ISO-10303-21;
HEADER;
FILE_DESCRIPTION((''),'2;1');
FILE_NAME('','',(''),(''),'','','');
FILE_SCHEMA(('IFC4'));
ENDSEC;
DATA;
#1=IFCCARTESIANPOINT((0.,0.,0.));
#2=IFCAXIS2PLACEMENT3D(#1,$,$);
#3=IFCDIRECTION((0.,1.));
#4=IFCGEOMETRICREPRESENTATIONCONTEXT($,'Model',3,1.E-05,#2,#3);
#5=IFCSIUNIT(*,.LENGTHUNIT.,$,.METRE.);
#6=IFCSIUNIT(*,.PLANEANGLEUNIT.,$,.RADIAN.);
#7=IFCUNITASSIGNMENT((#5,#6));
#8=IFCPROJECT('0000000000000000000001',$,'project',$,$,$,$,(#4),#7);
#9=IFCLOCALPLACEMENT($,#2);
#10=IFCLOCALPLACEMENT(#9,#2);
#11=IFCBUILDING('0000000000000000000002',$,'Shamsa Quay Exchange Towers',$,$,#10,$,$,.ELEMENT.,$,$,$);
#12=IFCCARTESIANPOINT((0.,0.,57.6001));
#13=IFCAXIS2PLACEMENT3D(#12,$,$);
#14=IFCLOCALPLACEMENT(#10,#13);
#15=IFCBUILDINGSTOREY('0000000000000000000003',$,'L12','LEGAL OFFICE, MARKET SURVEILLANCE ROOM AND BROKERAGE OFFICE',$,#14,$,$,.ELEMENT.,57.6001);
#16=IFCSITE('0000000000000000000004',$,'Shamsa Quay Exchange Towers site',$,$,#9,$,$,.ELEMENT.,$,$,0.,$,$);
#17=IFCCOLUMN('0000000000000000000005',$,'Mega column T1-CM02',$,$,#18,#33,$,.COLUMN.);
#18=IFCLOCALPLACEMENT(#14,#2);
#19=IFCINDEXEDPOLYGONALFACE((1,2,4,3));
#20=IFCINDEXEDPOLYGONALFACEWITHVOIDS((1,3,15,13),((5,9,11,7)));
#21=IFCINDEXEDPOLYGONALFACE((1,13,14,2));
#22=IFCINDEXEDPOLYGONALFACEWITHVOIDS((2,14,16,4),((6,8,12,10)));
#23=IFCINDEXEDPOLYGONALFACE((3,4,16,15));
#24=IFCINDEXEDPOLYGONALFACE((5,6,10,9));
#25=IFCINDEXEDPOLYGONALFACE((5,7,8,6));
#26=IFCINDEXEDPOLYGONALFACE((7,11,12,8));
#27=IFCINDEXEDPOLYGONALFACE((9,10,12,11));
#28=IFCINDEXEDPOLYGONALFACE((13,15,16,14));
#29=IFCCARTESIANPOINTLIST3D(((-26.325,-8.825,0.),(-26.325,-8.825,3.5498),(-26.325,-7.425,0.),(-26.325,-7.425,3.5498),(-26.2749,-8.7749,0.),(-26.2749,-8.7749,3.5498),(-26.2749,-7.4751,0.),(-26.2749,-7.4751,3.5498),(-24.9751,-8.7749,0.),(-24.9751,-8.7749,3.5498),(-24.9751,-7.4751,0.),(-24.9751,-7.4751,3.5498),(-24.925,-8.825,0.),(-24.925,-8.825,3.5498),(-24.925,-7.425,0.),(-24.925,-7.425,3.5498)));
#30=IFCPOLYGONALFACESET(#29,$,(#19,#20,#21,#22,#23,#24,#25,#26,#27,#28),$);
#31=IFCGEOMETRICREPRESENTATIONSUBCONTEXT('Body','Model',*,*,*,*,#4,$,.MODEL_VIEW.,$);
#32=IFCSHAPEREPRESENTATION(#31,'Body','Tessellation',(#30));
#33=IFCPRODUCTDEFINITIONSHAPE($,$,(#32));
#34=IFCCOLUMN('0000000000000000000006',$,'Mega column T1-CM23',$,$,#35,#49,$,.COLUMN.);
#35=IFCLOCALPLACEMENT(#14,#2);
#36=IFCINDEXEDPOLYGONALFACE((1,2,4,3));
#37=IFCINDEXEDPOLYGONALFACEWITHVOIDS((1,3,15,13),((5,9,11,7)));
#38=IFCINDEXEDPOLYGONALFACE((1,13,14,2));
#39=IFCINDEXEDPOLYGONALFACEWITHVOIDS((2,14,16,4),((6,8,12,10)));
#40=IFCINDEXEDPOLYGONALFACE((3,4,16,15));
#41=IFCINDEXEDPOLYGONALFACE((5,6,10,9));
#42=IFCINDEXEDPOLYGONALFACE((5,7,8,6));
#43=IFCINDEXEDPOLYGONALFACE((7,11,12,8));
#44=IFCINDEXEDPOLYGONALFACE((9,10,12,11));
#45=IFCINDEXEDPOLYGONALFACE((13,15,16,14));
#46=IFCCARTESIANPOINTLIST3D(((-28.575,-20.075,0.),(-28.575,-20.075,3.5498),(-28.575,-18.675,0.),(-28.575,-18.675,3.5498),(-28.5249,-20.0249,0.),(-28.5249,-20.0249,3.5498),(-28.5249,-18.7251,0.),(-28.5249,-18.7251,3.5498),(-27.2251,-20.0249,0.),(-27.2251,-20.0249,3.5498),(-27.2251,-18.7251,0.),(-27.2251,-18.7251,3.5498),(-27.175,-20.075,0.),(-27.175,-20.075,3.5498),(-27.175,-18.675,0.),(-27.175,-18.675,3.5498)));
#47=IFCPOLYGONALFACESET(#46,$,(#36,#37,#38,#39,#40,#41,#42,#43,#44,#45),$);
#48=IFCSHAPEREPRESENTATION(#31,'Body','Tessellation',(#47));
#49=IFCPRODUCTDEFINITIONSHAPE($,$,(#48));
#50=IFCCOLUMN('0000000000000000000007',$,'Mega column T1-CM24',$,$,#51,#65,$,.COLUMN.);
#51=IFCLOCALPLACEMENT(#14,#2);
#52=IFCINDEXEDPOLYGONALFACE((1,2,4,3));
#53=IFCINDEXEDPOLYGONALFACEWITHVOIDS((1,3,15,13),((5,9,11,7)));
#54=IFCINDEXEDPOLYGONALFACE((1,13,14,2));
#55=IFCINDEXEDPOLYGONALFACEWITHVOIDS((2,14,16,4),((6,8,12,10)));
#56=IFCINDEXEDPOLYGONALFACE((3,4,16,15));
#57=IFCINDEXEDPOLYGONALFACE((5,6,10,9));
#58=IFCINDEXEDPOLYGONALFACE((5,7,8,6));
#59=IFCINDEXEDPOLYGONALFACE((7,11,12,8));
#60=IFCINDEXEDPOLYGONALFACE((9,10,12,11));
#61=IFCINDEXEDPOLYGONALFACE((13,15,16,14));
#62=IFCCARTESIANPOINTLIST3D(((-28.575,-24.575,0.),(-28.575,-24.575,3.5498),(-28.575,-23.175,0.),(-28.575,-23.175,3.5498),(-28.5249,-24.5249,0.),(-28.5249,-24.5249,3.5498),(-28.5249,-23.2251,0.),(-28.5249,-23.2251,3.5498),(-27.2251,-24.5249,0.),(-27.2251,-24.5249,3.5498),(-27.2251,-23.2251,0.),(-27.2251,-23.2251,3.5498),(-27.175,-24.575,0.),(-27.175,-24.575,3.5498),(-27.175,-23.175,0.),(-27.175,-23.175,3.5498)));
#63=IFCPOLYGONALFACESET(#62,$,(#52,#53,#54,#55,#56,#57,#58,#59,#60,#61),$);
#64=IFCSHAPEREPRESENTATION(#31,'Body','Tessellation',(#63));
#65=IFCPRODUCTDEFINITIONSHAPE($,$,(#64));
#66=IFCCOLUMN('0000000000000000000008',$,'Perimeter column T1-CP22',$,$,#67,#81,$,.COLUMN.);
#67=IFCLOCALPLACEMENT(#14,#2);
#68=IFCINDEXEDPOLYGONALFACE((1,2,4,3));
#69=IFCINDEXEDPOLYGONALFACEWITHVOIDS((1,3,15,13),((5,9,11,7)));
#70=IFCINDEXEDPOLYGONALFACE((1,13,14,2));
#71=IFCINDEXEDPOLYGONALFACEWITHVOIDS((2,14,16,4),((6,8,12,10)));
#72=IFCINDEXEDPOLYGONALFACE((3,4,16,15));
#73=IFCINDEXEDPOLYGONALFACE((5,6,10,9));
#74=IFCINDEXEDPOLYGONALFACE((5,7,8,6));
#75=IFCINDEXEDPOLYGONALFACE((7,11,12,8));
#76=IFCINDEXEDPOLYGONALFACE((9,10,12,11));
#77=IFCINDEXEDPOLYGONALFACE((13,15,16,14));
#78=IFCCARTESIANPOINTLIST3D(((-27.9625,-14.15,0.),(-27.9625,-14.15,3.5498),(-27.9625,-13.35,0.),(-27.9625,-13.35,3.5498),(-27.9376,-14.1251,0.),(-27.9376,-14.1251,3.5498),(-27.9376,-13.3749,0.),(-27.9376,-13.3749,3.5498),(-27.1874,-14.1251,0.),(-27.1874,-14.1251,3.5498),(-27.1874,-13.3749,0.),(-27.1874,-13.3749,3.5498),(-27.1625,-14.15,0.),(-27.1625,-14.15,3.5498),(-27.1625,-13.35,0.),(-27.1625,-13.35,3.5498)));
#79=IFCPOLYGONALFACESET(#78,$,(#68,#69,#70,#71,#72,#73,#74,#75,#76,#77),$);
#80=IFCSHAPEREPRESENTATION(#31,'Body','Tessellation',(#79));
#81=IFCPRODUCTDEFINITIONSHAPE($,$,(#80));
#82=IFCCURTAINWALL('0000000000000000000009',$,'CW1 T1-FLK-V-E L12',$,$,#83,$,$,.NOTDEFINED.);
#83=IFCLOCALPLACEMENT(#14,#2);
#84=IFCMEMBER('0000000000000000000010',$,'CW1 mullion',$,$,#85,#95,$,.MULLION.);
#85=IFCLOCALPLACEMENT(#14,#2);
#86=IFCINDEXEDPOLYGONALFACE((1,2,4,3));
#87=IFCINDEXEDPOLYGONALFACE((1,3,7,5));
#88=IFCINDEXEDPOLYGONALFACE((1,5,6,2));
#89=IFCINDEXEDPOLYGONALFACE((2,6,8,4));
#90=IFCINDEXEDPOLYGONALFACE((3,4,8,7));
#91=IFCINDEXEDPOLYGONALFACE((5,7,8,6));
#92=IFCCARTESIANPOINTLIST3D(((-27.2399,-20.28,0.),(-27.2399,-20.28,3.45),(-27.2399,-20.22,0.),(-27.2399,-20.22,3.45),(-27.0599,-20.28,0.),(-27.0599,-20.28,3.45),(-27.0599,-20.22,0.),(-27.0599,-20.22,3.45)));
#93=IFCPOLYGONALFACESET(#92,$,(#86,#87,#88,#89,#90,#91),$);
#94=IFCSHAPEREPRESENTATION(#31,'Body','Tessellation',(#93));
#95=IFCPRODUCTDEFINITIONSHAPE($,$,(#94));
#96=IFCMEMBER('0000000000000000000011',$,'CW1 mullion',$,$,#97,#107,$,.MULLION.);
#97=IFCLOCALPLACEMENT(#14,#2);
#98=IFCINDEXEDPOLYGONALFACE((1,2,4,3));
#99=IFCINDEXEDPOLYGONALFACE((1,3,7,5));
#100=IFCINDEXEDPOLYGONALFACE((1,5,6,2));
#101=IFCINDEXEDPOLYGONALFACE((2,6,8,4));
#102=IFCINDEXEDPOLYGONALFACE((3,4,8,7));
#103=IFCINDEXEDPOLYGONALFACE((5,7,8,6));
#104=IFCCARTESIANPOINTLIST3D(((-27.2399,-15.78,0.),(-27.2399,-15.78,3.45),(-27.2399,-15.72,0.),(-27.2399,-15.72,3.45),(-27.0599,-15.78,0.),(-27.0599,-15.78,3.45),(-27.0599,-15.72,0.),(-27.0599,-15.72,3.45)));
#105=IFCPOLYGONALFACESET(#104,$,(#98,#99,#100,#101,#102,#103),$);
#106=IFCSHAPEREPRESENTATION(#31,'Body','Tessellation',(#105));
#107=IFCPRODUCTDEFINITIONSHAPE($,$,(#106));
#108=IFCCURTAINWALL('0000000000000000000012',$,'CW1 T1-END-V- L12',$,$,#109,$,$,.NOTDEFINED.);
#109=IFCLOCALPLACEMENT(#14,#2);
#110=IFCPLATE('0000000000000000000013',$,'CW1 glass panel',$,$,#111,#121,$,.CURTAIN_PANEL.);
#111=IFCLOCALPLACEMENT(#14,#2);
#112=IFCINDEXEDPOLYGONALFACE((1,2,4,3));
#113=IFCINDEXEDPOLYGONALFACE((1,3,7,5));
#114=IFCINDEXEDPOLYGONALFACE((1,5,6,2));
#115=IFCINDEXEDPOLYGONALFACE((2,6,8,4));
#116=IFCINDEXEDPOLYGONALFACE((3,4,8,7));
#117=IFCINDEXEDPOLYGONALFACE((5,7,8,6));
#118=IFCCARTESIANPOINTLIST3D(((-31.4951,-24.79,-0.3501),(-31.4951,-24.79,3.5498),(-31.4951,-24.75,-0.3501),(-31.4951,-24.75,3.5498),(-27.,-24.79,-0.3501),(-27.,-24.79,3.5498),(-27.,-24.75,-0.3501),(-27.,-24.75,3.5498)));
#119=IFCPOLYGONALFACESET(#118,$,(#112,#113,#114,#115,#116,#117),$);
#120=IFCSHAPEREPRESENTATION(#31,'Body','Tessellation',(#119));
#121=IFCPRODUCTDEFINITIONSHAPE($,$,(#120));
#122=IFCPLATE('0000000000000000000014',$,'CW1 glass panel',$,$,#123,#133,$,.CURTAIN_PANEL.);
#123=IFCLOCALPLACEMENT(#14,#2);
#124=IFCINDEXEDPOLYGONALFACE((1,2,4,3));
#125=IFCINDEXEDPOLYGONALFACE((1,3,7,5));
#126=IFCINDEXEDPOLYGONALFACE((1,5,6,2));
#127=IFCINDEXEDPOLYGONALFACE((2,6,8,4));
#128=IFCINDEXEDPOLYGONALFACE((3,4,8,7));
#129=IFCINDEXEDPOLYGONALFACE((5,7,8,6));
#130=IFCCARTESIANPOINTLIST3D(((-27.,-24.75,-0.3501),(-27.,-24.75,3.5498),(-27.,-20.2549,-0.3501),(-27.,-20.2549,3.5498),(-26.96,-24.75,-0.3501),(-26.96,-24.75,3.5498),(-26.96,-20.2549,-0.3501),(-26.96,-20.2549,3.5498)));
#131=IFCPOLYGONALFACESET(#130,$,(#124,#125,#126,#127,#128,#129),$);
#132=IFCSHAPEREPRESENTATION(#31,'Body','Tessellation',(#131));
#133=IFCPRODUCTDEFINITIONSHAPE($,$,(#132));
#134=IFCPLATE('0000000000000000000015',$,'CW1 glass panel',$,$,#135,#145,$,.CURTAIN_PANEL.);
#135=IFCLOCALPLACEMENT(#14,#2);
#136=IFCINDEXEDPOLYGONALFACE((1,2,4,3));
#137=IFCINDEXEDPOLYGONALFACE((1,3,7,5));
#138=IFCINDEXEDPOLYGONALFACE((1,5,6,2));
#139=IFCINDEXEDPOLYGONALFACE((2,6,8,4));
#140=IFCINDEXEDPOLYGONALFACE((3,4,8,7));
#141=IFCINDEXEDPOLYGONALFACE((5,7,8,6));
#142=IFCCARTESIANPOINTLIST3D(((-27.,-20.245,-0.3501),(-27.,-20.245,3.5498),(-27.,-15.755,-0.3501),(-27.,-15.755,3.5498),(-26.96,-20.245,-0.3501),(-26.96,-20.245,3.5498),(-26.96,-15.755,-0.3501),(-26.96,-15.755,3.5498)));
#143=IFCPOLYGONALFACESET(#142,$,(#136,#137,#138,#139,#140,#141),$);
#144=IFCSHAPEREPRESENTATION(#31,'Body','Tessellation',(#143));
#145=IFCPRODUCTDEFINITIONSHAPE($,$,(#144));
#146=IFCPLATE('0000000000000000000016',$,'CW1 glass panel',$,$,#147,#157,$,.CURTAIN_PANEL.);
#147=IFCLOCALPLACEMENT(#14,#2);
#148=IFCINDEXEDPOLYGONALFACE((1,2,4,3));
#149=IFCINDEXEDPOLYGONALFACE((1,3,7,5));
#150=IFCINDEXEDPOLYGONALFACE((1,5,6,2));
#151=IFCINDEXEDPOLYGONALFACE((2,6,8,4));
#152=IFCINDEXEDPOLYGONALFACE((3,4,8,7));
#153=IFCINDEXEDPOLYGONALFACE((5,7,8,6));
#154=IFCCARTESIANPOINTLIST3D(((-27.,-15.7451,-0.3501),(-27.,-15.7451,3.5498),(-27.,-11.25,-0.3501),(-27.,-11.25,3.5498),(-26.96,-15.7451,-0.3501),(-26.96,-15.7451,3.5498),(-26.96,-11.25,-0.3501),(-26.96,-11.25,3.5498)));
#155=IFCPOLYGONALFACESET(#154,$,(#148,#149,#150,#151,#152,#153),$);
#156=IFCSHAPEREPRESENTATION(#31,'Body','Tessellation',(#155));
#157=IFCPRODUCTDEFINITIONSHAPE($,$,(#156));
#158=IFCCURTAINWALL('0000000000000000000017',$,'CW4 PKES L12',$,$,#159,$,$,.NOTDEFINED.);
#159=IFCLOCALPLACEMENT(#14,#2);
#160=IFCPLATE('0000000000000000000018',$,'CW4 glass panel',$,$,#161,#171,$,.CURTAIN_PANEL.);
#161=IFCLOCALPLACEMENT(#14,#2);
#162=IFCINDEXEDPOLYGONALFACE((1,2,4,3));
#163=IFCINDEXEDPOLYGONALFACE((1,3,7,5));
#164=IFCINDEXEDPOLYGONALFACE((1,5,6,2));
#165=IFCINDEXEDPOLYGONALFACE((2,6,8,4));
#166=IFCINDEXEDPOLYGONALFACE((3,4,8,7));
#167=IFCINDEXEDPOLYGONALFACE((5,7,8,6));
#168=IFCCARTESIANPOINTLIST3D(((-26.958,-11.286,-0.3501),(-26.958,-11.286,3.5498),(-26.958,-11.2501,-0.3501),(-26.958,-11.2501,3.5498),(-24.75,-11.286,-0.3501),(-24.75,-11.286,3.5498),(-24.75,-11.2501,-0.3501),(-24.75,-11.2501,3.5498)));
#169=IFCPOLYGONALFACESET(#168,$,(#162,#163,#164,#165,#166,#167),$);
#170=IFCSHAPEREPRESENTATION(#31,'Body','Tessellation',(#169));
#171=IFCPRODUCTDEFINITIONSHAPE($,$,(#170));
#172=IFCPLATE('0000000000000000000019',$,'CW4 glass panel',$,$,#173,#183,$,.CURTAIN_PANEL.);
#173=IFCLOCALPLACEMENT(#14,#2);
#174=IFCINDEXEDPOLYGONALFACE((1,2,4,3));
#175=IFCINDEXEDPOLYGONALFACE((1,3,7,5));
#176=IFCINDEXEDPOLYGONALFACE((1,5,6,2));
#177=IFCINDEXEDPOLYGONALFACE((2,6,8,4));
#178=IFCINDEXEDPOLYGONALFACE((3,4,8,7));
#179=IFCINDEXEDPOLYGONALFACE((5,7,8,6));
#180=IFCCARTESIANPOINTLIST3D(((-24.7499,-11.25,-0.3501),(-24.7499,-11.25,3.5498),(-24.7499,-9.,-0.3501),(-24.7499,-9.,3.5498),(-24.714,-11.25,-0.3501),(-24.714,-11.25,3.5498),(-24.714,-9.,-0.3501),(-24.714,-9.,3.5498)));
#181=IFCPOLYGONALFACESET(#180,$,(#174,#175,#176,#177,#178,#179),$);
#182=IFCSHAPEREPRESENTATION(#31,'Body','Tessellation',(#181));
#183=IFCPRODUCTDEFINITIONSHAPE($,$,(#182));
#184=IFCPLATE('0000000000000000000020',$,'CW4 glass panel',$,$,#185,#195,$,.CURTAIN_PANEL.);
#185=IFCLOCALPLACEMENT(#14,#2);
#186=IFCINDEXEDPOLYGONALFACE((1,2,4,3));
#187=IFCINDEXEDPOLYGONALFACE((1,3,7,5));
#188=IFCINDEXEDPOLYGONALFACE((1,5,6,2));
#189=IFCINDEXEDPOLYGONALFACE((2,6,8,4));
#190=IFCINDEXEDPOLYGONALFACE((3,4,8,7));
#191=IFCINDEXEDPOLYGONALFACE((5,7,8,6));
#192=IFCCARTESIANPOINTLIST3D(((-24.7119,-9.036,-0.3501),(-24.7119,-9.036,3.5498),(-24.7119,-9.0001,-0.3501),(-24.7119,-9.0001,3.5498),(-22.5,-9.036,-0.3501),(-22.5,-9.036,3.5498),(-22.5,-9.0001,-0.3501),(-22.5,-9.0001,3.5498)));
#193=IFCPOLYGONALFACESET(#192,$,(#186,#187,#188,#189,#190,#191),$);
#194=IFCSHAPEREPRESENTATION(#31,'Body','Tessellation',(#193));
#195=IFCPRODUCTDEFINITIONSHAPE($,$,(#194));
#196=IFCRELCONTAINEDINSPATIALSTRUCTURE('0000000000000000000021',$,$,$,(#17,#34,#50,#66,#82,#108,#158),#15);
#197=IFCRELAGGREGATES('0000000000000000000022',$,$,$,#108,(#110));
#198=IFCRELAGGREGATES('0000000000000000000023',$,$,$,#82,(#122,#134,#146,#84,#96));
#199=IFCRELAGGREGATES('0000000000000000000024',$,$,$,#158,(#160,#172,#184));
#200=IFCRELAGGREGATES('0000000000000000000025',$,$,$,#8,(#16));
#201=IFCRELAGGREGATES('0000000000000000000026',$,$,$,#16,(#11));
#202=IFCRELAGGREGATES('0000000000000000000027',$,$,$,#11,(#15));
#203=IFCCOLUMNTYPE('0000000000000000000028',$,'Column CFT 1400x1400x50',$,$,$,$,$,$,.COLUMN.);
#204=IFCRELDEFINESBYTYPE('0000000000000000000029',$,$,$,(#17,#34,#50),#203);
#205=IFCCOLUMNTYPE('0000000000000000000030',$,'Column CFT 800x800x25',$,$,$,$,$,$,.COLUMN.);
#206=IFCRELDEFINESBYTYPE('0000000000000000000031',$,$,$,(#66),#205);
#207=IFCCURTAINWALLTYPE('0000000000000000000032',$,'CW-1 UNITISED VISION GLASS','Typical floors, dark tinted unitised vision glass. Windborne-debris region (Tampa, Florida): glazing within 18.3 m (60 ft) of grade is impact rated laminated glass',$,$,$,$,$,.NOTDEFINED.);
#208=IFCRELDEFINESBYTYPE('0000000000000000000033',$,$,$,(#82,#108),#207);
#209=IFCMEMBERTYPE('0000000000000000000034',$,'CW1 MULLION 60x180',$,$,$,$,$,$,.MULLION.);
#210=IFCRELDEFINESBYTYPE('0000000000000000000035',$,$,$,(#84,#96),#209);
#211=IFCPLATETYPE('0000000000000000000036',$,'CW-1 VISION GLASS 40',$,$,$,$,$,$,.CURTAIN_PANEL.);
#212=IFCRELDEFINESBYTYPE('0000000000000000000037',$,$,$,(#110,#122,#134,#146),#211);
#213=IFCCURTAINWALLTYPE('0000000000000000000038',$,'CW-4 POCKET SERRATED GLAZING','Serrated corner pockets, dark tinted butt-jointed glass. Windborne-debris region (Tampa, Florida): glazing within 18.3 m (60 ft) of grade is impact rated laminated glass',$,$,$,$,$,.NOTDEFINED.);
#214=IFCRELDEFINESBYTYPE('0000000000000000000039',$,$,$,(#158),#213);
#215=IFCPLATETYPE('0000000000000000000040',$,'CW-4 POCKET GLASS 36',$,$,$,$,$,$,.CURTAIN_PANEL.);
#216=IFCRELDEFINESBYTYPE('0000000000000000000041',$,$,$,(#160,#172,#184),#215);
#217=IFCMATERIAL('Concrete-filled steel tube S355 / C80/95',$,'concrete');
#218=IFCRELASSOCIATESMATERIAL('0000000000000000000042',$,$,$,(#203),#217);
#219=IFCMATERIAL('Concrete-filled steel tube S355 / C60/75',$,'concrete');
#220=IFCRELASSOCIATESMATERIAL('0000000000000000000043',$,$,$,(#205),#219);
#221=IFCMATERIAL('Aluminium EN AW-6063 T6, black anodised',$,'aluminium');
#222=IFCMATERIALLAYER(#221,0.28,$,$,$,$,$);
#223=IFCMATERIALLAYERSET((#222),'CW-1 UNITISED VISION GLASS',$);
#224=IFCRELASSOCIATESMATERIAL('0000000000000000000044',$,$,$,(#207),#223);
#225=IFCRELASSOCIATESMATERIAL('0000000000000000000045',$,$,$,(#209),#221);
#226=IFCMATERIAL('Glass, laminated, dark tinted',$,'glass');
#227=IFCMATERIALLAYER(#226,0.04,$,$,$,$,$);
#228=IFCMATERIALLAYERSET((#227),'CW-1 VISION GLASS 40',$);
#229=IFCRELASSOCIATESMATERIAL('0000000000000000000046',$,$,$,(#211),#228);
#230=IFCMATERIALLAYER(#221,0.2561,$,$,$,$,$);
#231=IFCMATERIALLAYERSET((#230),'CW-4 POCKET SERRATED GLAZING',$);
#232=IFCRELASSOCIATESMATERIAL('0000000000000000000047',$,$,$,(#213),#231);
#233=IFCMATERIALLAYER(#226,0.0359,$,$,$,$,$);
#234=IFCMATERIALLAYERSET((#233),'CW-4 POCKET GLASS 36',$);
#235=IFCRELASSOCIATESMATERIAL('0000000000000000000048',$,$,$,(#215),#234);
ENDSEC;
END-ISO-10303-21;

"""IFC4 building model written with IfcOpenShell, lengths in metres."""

from ifc_helpers import new_model, si_unit, direction, frame, origin, origin_2d, place, context, subcontext, project, spatial, rectangle, hollow_rectangle, extrude, material, layer, layer_set, material_profile, profile_set, type_object, element, aggregate, save


model = new_model("IFC4")

# Units and contexts
model_context = context("Model", 3, precision=1e-05, world=origin(), true_north=direction((0.0, 1.0)))
body_context = subcontext(model_context, "Body", "Model", "MODEL_VIEW")
ifc_project = project(units=[si_unit("LENGTHUNIT", "METRE"), si_unit("PLANEANGLEUNIT", "RADIAN")], contexts=[model_context])

# Site, building, storey
site_placement = place(None, origin())
site = spatial("IfcSite", under=ifc_project, at=site_placement, Name="Shamsa Quay Exchange Towers site", CompositionType="ELEMENT", RefElevation=0.0)
building_placement = place(site_placement, origin())
building = spatial("IfcBuilding", under=site, at=building_placement, Name="Shamsa Quay Exchange Towers", CompositionType="ELEMENT")
storey_placement = place(building_placement, frame((0.0, 0.0, 57.6001)))
storey = spatial("IfcBuildingStorey", under=building, at=storey_placement, Name="L12", Description="LEGAL OFFICE, MARKET SURVEILLANCE ROOM AND BROKERAGE OFFICE", CompositionType="ELEMENT", Elevation=57.6001)

# Columns
ifc_material_1 = material(Name="Concrete-filled steel tube S355 / C80/95", Category="concrete")
ifc_material_profile_1 = material_profile(ifc_material_1, hollow_rectangle(XDim=1.3999, YDim=1.3999, WallThickness=0.05, at=origin_2d()), Name="CFT 1400x1400x50")
ifc_profile_set_1 = profile_set([ifc_material_profile_1], Name="Concrete-filled steel tube S355 / C80/95")
column_type_1 = type_object("IfcColumnType", Name="Column CFT 1400x1400x50", PredefinedType="COLUMN", material=ifc_profile_set_1)
for number, where, name in (
    (1, (-25.625, -8.125, 0.0), "Mega column T1-CM02"),
    (2, (-27.875, -19.375, 0.0), "Mega column T1-CM23"),
    (3, (-27.875, -23.875, 0.0), "Mega column T1-CM24"),
):
    element("IfcColumn", number, at=place(storey_placement, frame(where)), inside=storey, type_object=column_type_1, Name=name, PredefinedType="COLUMN", context=body_context, shape_type="SweptSolid", body=[
        extrude(hollow_rectangle(XDim=1.3999, YDim=1.3999, WallThickness=0.05, at=origin_2d()), origin(), (0.0, 0.0, 1.0), 3.5498),
    ])
ifc_material_2 = material(Name="Concrete-filled steel tube S355 / C60/75", Category="concrete")
ifc_material_profile_2 = material_profile(ifc_material_2, hollow_rectangle(XDim=0.8, YDim=0.8, WallThickness=0.0249, at=origin_2d()), Name="CFT 800x800x25")
ifc_profile_set_2 = profile_set([ifc_material_profile_2], Name="Concrete-filled steel tube S355 / C60/75")
column_type_2 = type_object("IfcColumnType", Name="Column CFT 800x800x25", PredefinedType="COLUMN", material=ifc_profile_set_2)
column_placement = place(storey_placement, frame((-27.5625, -13.75, 0.0)))
element("IfcColumn", 4, at=column_placement, inside=storey, type_object=column_type_2, Name="Perimeter column T1-CP22", PredefinedType="COLUMN", context=body_context, shape_type="SweptSolid", body=[
    extrude(hollow_rectangle(XDim=0.8, YDim=0.8, WallThickness=0.0249, at=origin_2d()), origin(), (0.0, 0.0, 1.0), 3.5498),
])

# Curtain wall, members
ifc_material_3 = material(Name="Aluminium EN AW-6063 T6, black anodised", Category="aluminium")
ifc_layer_1 = layer(ifc_material_3, 0.28)
ifc_layer_set_1 = layer_set([ifc_layer_1], Name="CW-1 UNITISED VISION GLASS")
curtain_wall_type_1 = type_object("IfcCurtainWallType", Name="CW-1 UNITISED VISION GLASS", Description="Typical floors, dark tinted unitised vision glass. Windborne-debris region (Tampa, Florida): glazing within 18.3 m (60 ft) of grade is impact rated laminated glass", PredefinedType="NOTDEFINED", material=ifc_layer_set_1)
curtain_wall_1_placement = place(storey_placement, origin())
curtain_wall_1 = element("IfcCurtainWall", 5, at=curtain_wall_1_placement, inside=storey, type_object=curtain_wall_type_1, Name="CW1 T1-FLK-V-E L12", PredefinedType="NOTDEFINED")
ifc_material_profile_3 = material_profile(ifc_material_3, rectangle(XDim=0.1799, YDim=0.0601, at=origin_2d()), Name="MU60x180")
ifc_profile_set_3 = profile_set([ifc_material_profile_3], Name="Aluminium EN AW-6063 T6, black anodised")
member_type = type_object("IfcMemberType", Name="CW1 MULLION 60x180", PredefinedType="MULLION", material=ifc_profile_set_3)
member_1_placement = place(storey_placement, frame((-27.1499, -20.25, 0.0), z_axis=(0.0, 0.0, 1.0), x_axis=(-1.0, 0.0, 0.0)))
member_1 = element("IfcMember", 6, at=member_1_placement, type_object=member_type, Name="CW1 mullion", PredefinedType="MULLION", context=body_context, shape_type="SweptSolid", body=[
    extrude(rectangle(XDim=0.1799, YDim=0.0601, at=origin_2d()), origin(), (0.0, 0.0, 1.0), 3.45),
])
member_2_placement = place(storey_placement, frame((-27.1499, -15.75, 0.0), z_axis=(0.0, 0.0, 1.0), x_axis=(-1.0, 0.0, 0.0)))
member_2 = element("IfcMember", 7, at=member_2_placement, type_object=member_type, Name="CW1 mullion", PredefinedType="MULLION", context=body_context, shape_type="SweptSolid", body=[
    extrude(rectangle(XDim=0.1799, YDim=0.0601, at=origin_2d()), origin(), (0.0, 0.0, 1.0), 3.45),
])

# Curtain wall, plate
curtain_wall_2_placement = place(storey_placement, origin())
curtain_wall_2 = element("IfcCurtainWall", 8, at=curtain_wall_2_placement, inside=storey, type_object=curtain_wall_type_1, Name="CW1 T1-END-V- L12", PredefinedType="NOTDEFINED")
ifc_material_4 = material(Name="Glass, laminated, dark tinted", Category="glass")
ifc_layer_2 = layer(ifc_material_4, 0.04)
ifc_layer_set_2 = layer_set([ifc_layer_2], Name="CW-1 VISION GLASS 40")
plate_type_1 = type_object("IfcPlateType", Name="CW-1 VISION GLASS 40", PredefinedType="CURTAIN_PANEL", material=ifc_layer_set_2)
plate_1_placement = place(storey_placement, frame((-29.2476, -24.77, -0.3501)))
plate_1 = element("IfcPlate", 9, at=plate_1_placement, type_object=plate_type_1, Name="CW1 glass panel", PredefinedType="CURTAIN_PANEL", context=body_context, shape_type="SweptSolid", body=[
    extrude(rectangle(XDim=4.4951, YDim=0.04, at=origin_2d()), origin(), (0.0, 0.0, 1.0), 3.8999),
])
aggregate(curtain_wall_2, [plate_1])

# Plates
plate_2_placement = place(storey_placement, frame((-26.98, -22.5024, -0.3501), z_axis=(0.0, 0.0, 1.0), x_axis=(0.0, 1.0, 0.0)))
plate_2 = element("IfcPlate", 10, at=plate_2_placement, type_object=plate_type_1, Name="CW1 glass panel", PredefinedType="CURTAIN_PANEL", context=body_context, shape_type="SweptSolid", body=[
    extrude(rectangle(XDim=4.4951, YDim=0.04, at=origin_2d()), origin(), (0.0, 0.0, 1.0), 3.8999),
])
plate_3_placement = place(storey_placement, frame((-26.98, -18.0, -0.3501), z_axis=(0.0, 0.0, 1.0), x_axis=(0.0, 1.0, 0.0)))
plate_3 = element("IfcPlate", 11, at=plate_3_placement, type_object=plate_type_1, Name="CW1 glass panel", PredefinedType="CURTAIN_PANEL", context=body_context, shape_type="SweptSolid", body=[
    extrude(rectangle(XDim=4.49, YDim=0.04, at=origin_2d()), origin(), (0.0, 0.0, 1.0), 3.8999),
])
plate_4_placement = place(storey_placement, frame((-26.98, -13.4976, -0.3501), z_axis=(0.0, 0.0, 1.0), x_axis=(0.0, 1.0, 0.0)))
plate_4 = element("IfcPlate", 12, at=plate_4_placement, type_object=plate_type_1, Name="CW1 glass panel", PredefinedType="CURTAIN_PANEL", context=body_context, shape_type="SweptSolid", body=[
    extrude(rectangle(XDim=4.4951, YDim=0.04, at=origin_2d()), origin(), (0.0, 0.0, 1.0), 3.8999),
])
aggregate(curtain_wall_1, [plate_2, plate_3, plate_4, member_1, member_2])

# Curtain wall, plates
ifc_layer_3 = layer(ifc_material_3, 0.2561)
ifc_layer_set_3 = layer_set([ifc_layer_3], Name="CW-4 POCKET SERRATED GLAZING")
curtain_wall_type_2 = type_object("IfcCurtainWallType", Name="CW-4 POCKET SERRATED GLAZING", Description="Serrated corner pockets, dark tinted butt-jointed glass. Windborne-debris region (Tampa, Florida): glazing within 18.3 m (60 ft) of grade is impact rated laminated glass", PredefinedType="NOTDEFINED", material=ifc_layer_set_3)
curtain_wall_3_placement = place(storey_placement, origin())
curtain_wall_3 = element("IfcCurtainWall", 13, at=curtain_wall_3_placement, inside=storey, type_object=curtain_wall_type_2, Name="CW4 PKES L12", PredefinedType="NOTDEFINED")
ifc_layer_4 = layer(ifc_material_4, 0.0359)
ifc_layer_set_4 = layer_set([ifc_layer_4], Name="CW-4 POCKET GLASS 36")
plate_type_2 = type_object("IfcPlateType", Name="CW-4 POCKET GLASS 36", PredefinedType="CURTAIN_PANEL", material=ifc_layer_set_4)
plate_5_placement = place(storey_placement, frame((-25.854, -11.2681, -0.3501)))
plate_5 = element("IfcPlate", 14, at=plate_5_placement, type_object=plate_type_2, Name="CW4 glass panel", PredefinedType="CURTAIN_PANEL", context=body_context, shape_type="SweptSolid", body=[
    extrude(rectangle(XDim=2.208, YDim=0.0359, at=origin_2d()), origin(), (0.0, 0.0, 1.0), 3.8999),
])
plate_6_placement = place(storey_placement, frame((-24.7319, -10.125, -0.3501), z_axis=(0.0, 0.0, 1.0), x_axis=(0.0, 1.0, 0.0)))
plate_6 = element("IfcPlate", 15, at=plate_6_placement, type_object=plate_type_2, Name="CW4 glass panel", PredefinedType="CURTAIN_PANEL", context=body_context, shape_type="SweptSolid", body=[
    extrude(rectangle(XDim=2.25, YDim=0.0359, at=origin_2d()), origin(), (0.0, 0.0, 1.0), 3.8999),
])
plate_7_placement = place(storey_placement, frame((-23.606, -9.0181, -0.3501)))
plate_7 = element("IfcPlate", 16, at=plate_7_placement, type_object=plate_type_2, Name="CW4 glass panel", PredefinedType="CURTAIN_PANEL", context=body_context, shape_type="SweptSolid", body=[
    extrude(rectangle(XDim=2.2119, YDim=0.0359, at=origin_2d()), origin(), (0.0, 0.0, 1.0), 3.8999),
])
aggregate(curtain_wall_3, [plate_5, plate_6, plate_7])

save(model, "model.ifc")
